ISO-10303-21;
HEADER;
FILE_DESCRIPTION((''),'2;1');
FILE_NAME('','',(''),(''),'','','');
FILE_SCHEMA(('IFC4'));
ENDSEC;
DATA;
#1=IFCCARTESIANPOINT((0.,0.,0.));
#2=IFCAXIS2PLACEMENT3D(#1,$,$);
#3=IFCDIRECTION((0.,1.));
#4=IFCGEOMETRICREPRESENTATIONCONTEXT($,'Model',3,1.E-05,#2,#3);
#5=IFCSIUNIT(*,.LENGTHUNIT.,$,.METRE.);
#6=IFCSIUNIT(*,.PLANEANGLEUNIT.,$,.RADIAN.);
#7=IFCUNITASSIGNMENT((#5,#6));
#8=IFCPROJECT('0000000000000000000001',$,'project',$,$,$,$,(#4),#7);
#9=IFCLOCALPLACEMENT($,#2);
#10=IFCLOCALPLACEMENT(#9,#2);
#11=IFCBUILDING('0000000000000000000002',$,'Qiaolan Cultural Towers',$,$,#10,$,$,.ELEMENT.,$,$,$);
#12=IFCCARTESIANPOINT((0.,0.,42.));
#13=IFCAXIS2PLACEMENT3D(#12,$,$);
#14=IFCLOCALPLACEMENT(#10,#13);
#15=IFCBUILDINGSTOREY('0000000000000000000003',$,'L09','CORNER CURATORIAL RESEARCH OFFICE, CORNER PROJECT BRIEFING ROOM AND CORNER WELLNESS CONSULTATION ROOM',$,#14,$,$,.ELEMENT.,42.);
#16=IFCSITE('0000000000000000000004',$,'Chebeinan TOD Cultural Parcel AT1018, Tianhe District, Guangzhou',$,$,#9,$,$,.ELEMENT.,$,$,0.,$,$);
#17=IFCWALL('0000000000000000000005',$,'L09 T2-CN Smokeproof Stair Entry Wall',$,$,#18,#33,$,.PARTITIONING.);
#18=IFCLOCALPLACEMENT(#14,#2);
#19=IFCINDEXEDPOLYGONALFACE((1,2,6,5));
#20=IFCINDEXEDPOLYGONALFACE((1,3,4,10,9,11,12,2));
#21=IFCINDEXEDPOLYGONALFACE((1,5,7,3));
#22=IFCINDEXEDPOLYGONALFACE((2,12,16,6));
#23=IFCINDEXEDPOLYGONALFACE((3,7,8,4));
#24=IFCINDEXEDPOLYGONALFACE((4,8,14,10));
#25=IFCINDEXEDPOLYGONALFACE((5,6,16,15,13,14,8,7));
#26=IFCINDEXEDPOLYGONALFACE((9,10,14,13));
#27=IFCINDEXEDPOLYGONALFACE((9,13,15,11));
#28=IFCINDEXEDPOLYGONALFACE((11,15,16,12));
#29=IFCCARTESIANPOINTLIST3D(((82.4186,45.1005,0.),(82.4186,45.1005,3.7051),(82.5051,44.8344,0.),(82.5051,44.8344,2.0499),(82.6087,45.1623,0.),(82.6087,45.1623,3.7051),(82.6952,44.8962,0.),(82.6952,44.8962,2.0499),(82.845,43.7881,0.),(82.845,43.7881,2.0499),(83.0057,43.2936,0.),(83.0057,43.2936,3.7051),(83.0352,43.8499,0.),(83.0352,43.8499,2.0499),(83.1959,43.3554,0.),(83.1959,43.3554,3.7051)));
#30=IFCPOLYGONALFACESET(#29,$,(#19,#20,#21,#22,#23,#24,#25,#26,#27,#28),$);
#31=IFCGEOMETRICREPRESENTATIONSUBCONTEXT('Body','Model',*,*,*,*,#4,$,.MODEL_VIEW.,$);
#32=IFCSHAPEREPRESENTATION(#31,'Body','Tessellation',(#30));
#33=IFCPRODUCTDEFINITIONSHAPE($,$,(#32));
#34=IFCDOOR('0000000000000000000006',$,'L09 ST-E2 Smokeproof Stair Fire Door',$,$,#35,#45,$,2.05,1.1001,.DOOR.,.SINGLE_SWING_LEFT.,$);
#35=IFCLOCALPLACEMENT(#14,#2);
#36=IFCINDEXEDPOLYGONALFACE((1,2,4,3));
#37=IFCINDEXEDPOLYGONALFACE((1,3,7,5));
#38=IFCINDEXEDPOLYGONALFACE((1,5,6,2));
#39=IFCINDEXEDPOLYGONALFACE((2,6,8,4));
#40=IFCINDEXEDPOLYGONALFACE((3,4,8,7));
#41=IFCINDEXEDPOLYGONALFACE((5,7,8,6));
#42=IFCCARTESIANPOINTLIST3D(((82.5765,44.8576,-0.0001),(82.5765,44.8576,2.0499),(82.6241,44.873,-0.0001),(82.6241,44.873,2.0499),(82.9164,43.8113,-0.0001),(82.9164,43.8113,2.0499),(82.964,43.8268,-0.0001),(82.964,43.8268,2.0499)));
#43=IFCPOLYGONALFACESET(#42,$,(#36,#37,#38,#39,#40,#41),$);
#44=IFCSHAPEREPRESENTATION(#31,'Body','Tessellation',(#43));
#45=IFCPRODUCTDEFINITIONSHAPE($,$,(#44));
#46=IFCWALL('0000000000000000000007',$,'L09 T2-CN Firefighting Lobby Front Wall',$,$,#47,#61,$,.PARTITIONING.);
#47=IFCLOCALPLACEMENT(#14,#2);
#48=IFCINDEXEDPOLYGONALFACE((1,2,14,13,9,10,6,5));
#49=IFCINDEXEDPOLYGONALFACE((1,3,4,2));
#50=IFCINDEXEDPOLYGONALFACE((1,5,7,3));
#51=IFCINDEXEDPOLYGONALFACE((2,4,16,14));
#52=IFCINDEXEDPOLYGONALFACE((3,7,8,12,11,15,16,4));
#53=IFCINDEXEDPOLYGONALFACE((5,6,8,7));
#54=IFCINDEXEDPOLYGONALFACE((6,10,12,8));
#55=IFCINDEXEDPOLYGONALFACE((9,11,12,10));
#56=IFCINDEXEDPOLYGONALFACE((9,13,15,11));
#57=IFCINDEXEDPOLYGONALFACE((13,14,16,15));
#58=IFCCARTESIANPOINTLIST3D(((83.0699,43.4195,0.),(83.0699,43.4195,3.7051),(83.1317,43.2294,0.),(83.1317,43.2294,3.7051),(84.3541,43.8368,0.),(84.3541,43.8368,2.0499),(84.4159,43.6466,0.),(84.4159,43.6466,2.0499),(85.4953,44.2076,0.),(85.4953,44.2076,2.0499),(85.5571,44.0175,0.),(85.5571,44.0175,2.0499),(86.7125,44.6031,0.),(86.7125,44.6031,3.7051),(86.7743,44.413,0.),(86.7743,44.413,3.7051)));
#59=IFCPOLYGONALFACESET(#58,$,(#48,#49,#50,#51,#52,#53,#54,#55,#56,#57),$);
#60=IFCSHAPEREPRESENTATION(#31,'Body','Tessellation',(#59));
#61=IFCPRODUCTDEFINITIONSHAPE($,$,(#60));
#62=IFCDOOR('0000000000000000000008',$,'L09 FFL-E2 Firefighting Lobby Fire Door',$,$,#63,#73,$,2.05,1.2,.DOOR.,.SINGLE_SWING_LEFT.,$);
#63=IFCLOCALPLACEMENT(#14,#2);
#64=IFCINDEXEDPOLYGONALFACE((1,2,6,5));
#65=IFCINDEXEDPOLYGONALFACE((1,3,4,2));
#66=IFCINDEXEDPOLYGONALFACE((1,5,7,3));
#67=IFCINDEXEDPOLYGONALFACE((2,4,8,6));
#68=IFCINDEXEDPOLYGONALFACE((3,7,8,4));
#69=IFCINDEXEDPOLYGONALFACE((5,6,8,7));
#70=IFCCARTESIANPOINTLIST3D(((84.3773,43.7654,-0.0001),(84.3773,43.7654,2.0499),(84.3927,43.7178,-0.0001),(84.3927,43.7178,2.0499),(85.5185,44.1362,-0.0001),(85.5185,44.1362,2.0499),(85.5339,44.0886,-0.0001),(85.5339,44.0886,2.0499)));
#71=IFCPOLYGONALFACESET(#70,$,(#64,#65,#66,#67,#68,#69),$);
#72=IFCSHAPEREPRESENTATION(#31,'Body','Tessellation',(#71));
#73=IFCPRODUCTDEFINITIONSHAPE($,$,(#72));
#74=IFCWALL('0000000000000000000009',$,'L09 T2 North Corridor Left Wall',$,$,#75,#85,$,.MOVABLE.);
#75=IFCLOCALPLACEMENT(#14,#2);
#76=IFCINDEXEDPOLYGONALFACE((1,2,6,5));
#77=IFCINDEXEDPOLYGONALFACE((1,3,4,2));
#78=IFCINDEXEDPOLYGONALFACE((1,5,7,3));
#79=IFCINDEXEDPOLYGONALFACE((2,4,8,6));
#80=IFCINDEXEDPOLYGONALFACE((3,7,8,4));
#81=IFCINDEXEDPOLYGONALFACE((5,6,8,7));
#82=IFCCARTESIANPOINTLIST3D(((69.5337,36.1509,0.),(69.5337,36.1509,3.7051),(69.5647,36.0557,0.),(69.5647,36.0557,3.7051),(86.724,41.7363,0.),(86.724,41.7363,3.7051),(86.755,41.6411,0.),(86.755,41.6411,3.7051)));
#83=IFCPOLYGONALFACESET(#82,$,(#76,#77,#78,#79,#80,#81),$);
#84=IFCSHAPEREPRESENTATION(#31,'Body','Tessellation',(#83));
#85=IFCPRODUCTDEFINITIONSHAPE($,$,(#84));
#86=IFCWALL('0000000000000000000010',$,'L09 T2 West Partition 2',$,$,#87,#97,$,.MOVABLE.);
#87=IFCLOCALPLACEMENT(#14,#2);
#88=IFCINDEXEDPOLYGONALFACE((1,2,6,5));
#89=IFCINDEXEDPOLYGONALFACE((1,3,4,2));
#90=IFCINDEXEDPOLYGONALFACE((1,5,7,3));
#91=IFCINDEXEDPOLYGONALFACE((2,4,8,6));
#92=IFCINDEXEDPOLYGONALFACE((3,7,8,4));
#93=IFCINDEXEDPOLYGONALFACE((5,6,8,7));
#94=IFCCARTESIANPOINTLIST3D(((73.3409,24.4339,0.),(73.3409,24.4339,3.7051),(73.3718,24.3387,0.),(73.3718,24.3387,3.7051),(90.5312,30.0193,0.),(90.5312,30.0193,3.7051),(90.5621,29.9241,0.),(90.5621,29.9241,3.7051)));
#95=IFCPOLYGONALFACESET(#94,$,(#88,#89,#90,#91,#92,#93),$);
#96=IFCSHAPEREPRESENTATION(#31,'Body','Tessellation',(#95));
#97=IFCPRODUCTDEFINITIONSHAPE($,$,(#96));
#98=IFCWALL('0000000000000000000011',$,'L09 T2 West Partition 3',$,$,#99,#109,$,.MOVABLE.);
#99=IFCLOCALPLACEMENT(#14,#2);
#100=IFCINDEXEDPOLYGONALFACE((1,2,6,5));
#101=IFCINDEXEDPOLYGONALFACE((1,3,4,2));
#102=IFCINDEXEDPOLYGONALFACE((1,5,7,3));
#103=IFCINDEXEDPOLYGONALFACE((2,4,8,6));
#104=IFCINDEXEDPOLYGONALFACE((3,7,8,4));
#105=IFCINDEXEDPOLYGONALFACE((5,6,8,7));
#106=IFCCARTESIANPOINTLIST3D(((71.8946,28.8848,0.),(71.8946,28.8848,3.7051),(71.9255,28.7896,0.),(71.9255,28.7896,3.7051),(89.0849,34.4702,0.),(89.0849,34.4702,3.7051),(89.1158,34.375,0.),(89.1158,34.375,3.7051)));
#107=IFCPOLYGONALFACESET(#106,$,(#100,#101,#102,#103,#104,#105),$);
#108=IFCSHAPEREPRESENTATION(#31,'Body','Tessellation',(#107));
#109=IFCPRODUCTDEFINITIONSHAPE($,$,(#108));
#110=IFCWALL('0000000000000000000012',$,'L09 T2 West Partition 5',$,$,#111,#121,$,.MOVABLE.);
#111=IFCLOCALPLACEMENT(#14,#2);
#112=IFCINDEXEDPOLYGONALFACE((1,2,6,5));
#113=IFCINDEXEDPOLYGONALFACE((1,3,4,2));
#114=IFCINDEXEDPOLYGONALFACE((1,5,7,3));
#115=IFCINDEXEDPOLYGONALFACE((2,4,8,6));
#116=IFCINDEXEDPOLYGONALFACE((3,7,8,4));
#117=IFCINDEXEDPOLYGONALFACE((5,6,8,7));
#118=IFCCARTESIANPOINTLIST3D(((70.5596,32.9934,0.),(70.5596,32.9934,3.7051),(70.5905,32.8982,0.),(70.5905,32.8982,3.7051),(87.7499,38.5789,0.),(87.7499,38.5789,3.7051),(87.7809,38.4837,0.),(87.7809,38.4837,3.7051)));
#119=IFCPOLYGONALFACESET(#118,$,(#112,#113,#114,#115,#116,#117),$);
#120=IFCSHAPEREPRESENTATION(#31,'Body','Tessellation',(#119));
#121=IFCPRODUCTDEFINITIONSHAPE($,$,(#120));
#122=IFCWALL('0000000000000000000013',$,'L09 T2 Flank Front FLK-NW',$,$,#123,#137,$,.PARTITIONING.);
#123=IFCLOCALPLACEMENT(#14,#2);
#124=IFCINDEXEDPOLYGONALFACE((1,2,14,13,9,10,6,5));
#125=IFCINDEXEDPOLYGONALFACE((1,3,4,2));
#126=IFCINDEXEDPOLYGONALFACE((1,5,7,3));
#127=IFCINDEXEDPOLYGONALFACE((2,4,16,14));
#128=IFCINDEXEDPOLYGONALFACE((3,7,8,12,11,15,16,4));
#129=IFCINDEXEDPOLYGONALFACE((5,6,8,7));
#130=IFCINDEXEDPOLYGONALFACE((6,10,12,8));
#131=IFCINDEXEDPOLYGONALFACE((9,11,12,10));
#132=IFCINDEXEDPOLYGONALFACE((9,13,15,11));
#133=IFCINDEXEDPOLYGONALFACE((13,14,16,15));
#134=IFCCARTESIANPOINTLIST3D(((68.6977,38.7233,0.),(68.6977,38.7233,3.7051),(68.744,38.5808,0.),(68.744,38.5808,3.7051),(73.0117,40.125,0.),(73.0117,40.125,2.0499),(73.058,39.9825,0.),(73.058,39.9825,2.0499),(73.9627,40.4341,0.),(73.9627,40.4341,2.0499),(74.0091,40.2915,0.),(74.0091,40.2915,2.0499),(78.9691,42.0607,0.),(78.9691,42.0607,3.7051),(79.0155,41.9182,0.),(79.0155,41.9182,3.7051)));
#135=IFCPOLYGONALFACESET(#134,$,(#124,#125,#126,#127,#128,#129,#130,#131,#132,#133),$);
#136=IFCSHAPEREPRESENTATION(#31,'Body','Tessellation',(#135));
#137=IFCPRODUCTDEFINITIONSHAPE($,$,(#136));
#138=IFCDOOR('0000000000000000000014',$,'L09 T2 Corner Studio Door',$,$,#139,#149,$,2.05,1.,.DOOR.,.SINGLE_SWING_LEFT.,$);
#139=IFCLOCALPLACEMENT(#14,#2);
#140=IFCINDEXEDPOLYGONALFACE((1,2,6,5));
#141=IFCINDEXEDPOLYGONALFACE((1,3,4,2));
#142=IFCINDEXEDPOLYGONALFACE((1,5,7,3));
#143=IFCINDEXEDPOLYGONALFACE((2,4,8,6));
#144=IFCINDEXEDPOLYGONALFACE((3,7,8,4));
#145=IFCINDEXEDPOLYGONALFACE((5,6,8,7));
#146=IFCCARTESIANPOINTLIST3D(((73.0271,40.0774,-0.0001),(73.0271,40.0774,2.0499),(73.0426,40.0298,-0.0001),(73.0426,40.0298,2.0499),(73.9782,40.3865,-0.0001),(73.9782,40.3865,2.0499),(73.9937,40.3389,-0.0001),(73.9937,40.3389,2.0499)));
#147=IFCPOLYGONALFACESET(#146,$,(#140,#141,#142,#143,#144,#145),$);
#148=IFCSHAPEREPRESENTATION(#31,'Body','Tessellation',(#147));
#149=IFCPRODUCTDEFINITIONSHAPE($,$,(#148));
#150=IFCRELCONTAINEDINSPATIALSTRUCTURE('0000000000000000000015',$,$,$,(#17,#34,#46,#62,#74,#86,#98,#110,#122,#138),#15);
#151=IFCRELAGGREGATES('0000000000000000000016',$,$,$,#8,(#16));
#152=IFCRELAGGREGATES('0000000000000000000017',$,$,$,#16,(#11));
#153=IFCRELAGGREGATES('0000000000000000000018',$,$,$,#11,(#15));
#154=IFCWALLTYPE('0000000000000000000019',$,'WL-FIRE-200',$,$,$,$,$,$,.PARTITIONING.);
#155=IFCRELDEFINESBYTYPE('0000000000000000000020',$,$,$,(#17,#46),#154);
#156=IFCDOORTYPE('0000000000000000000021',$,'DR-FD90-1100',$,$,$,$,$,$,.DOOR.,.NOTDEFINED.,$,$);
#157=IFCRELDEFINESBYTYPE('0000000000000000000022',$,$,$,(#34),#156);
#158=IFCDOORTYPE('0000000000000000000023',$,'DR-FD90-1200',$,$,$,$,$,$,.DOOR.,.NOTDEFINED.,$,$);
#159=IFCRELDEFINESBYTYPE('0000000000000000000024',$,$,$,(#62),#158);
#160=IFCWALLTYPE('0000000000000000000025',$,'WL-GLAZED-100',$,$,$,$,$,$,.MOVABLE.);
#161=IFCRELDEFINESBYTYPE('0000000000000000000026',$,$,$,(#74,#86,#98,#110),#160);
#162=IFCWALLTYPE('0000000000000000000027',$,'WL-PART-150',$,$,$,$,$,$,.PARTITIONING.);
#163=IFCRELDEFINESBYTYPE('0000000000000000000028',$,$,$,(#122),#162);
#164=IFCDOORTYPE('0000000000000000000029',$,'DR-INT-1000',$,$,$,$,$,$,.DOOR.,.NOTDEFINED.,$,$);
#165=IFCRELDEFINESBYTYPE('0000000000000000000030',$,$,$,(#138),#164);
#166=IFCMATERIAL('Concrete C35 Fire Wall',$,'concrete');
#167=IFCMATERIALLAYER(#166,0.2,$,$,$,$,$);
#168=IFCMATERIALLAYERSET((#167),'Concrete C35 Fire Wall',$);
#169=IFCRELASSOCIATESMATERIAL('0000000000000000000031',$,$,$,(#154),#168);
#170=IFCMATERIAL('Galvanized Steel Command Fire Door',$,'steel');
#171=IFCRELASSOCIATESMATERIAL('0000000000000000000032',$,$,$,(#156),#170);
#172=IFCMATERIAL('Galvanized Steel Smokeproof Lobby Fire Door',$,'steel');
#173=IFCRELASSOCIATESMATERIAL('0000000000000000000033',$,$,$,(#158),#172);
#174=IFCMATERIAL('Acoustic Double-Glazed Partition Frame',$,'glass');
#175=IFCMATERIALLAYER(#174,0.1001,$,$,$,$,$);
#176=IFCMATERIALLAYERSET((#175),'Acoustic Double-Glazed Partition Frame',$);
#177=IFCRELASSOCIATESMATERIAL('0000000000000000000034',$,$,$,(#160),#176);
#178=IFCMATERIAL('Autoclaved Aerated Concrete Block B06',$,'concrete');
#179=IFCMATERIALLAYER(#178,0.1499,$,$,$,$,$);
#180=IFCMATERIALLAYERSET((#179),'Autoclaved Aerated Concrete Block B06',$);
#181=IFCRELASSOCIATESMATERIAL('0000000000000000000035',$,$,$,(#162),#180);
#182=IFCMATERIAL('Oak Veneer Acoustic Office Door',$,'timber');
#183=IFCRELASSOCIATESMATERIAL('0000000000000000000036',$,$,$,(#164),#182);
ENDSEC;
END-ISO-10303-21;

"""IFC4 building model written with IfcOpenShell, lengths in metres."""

from ifc_helpers import new_model, si_unit, direction, frame, frame_2d, origin, place, context, subcontext, project, spatial, rectangle, extrude, material, layer, layer_set, type_object, element, fill, save


model = new_model("IFC4")

# Units and contexts
model_context = context("Model", 3, precision=1e-05, world=origin(), true_north=direction((0.0, 1.0)))
body_context = subcontext(model_context, "Body", "Model", "MODEL_VIEW")
ifc_project = project(units=[si_unit("LENGTHUNIT", "METRE"), si_unit("PLANEANGLEUNIT", "RADIAN")], contexts=[model_context])

# Site, building, storey
site_placement = place(None, origin())
site = spatial("IfcSite", under=ifc_project, at=site_placement, Name="Chebeinan TOD Cultural Parcel AT1018, Tianhe District, Guangzhou", CompositionType="ELEMENT", RefElevation=0.0)
building_placement = place(site_placement, origin())
building = spatial("IfcBuilding", under=site, at=building_placement, Name="Qiaolan Cultural Towers", CompositionType="ELEMENT")
storey_placement = place(building_placement, frame((0.0, 0.0, 42.0)))
storey = spatial("IfcBuildingStorey", under=building, at=storey_placement, Name="L09", Description="CORNER CURATORIAL RESEARCH OFFICE, CORNER PROJECT BRIEFING ROOM AND CORNER WELLNESS CONSULTATION ROOM", CompositionType="ELEMENT", Elevation=42.0)

# Walls, openings, doors
ifc_material_1 = material(Name="Concrete C35 Fire Wall", Category="concrete")
ifc_layer_1 = layer(ifc_material_1, 0.2)
ifc_layer_set_1 = layer_set([ifc_layer_1], Name="Concrete C35 Fire Wall")
wall_type_1 = type_object("IfcWallType", Name="WL-FIRE-200", PredefinedType="PARTITIONING", material=ifc_layer_set_1)
wall_1_placement = place(storey_placement, frame((83.1008, 43.3245, 0.0), z_axis=(0.0, 0.0, 1.0), x_axis=(-0.309048, 0.951046, 0.0)))
wall_1 = element("IfcWall", 1, at=wall_1_placement, inside=storey, type_object=wall_type_1, Name="L09 T2-CN Smokeproof Stair Entry Wall", PredefinedType="PARTITIONING", context=body_context, shape_type="SweptSolid", body=[
    extrude(rectangle(XDim=1.8999, YDim=0.2, at=frame_2d((0.95, 0.0))), origin(), (0.0, 0.0, 1.0), 3.7051),
])
opening_1_placement = place(wall_1_placement, frame((0.52, 0.0, 0.0)))
opening_1 = element("IfcOpeningElement", 2, at=opening_1_placement, cuts=wall_1, PredefinedType="OPENING", context=body_context, shape_type="SweptSolid", body=[
    extrude(rectangle(XDim=1.1001, YDim=2.05, at=frame_2d((0.55, 1.0249))), frame((0.0, 0.1099, 0.0), z_axis=(0.0, -1.0, 0.0), x_axis=(1.0, 0.0, 0.0)), (0.0, 0.0, 1.0), 0.22),
])
ifc_material_2 = material(Name="Galvanized Steel Command Fire Door", Category="steel")
door_type_1 = type_object("IfcDoorType", Name="DR-FD90-1100", OperationType="NOTDEFINED", PredefinedType="DOOR", material=ifc_material_2)
door_1_placement = place(opening_1_placement, origin())
door_1 = element("IfcDoor", 3, at=door_1_placement, inside=storey, type_object=door_type_1, Name="L09 ST-E2 Smokeproof Stair Fire Door", OperationType="SINGLE_SWING_LEFT", OverallHeight=2.05, OverallWidth=1.1001, PredefinedType="DOOR", context=body_context, shape_type="SweptSolid", body=[
    extrude(rectangle(XDim=1.1001, YDim=2.05, at=frame_2d((0.55, 1.0249))), frame((0.0, 0.0249, 0.0), z_axis=(0.0, -1.0, 0.0), x_axis=(1.0, 0.0, 0.0)), (0.0, 0.0, 1.0), 0.05),
])
fill(opening_1, door_1)
wall_2_placement = place(storey_placement, frame((83.1008, 43.3245, 0.0), z_axis=(0.0, 0.0, 1.0), x_axis=(0.951053, 0.309028, 0.0)))
wall_2 = element("IfcWall", 4, at=wall_2_placement, inside=storey, type_object=wall_type_1, Name="L09 T2-CN Firefighting Lobby Front Wall", PredefinedType="PARTITIONING", context=body_context, shape_type="SweptSolid", body=[
    extrude(rectangle(XDim=3.8301, YDim=0.2, at=frame_2d((1.915, 0.0))), origin(), (0.0, 0.0, 1.0), 3.7051),
])
opening_2_placement = place(wall_2_placement, frame((1.3501, 0.0, 0.0)))
opening_2 = element("IfcOpeningElement", 5, at=opening_2_placement, cuts=wall_2, PredefinedType="OPENING", context=body_context, shape_type="SweptSolid", body=[
    extrude(rectangle(XDim=1.2, YDim=2.05, at=frame_2d((0.6001, 1.0249))), frame((0.0, 0.1099, 0.0), z_axis=(0.0, -1.0, 0.0), x_axis=(1.0, 0.0, 0.0)), (0.0, 0.0, 1.0), 0.22),
])
ifc_material_3 = material(Name="Galvanized Steel Smokeproof Lobby Fire Door", Category="steel")
door_type_2 = type_object("IfcDoorType", Name="DR-FD90-1200", OperationType="NOTDEFINED", PredefinedType="DOOR", material=ifc_material_3)
door_2_placement = place(opening_2_placement, origin())
door_2 = element("IfcDoor", 6, at=door_2_placement, inside=storey, type_object=door_type_2, Name="L09 FFL-E2 Firefighting Lobby Fire Door", OperationType="SINGLE_SWING_LEFT", OverallHeight=2.05, OverallWidth=1.2, PredefinedType="DOOR", context=body_context, shape_type="SweptSolid", body=[
    extrude(rectangle(XDim=1.2, YDim=2.05, at=frame_2d((0.6001, 1.0249))), frame((0.0, 0.0249, 0.0), z_axis=(0.0, -1.0, 0.0), x_axis=(1.0, 0.0, 0.0)), (0.0, 0.0, 1.0), 0.05),
])
fill(opening_2, door_2)

# Walls
ifc_material_4 = material(Name="Acoustic Double-Glazed Partition Frame", Category="glass")
ifc_layer_2 = layer(ifc_material_4, 0.1001)
ifc_layer_set_2 = layer_set([ifc_layer_2], Name="Acoustic Double-Glazed Partition Frame")
wall_type_2 = type_object("IfcWallType", Name="WL-GLAZED-100", PredefinedType="MOVABLE", material=ifc_layer_set_2)
for number, where, z_axis, x_axis, name in (
    (7, (69.5491, 36.1033, 0.0), (0.0, 0.0, 1.0), (0.951057, 0.309014, 0.0), "L09 T2 North Corridor Left Wall"),
    (8, (73.3562, 24.3862, 0.0), (0.0, 0.0, 1.0), (0.951057, 0.309014, 0.0), "L09 T2 West Partition 2"),
    (9, (71.9099, 28.8372, 0.0), (0.0, 0.0, 1.0), (0.951057, 0.309014, 0.0), "L09 T2 West Partition 3"),
    (10, (70.575, 32.9458, 0.0), (0.0, 0.0, 1.0), (0.951057, 0.309014, 0.0), "L09 T2 West Partition 5"),
):
    element("IfcWall", number, at=place(storey_placement, frame(where, z_axis=z_axis, x_axis=x_axis)), inside=storey, type_object=wall_type_2, Name=name, PredefinedType="MOVABLE", context=body_context, shape_type="SweptSolid", body=[
        extrude(rectangle(XDim=18.075, YDim=0.1001, at=frame_2d((9.0376, 0.0))), origin(), (0.0, 0.0, 1.0), 3.7051),
    ])

# Wall, opening, door
ifc_material_5 = material(Name="Autoclaved Aerated Concrete Block B06", Category="concrete")
ifc_layer_3 = layer(ifc_material_5, 0.1499)
ifc_layer_set_3 = layer_set([ifc_layer_3], Name="Autoclaved Aerated Concrete Block B06")
wall_type_3 = type_object("IfcWallType", Name="WL-PART-150", PredefinedType="PARTITIONING", material=ifc_layer_set_3)
wall_3_placement = place(storey_placement, frame((68.7209, 38.6521, 0.0), z_axis=(0.0, 0.0, 1.0), x_axis=(0.951057, 0.309017, 0.0)))
wall_3 = element("IfcWall", 11, at=wall_3_placement, inside=storey, type_object=wall_type_3, Name="L09 T2 Flank Front FLK-NW", PredefinedType="PARTITIONING", context=body_context, shape_type="SweptSolid", body=[
    extrude(rectangle(XDim=10.8, YDim=0.1499, at=frame_2d((5.3999, 0.0))), origin(), (0.0, 0.0, 1.0), 3.7051),
])
opening_3_placement = place(wall_3_placement, frame((4.5359, 0.0, 0.0)))
opening_3 = element("IfcOpeningElement", 12, at=opening_3_placement, cuts=wall_3, PredefinedType="OPENING", context=body_context, shape_type="SweptSolid", body=[
    extrude(rectangle(XDim=1.0, YDim=2.05, at=frame_2d((0.5, 1.0249))), frame((0.0, 0.085, 0.0), z_axis=(0.0, -1.0, 0.0), x_axis=(1.0, 0.0, 0.0)), (0.0, 0.0, 1.0), 0.1699),
])
ifc_material_6 = material(Name="Oak Veneer Acoustic Office Door", Category="timber")
door_type_3 = type_object("IfcDoorType", Name="DR-INT-1000", OperationType="NOTDEFINED", PredefinedType="DOOR", material=ifc_material_6)
door_3_placement = place(opening_3_placement, origin())
door_3 = element("IfcDoor", 13, at=door_3_placement, inside=storey, type_object=door_type_3, Name="L09 T2 Corner Studio Door", OperationType="SINGLE_SWING_LEFT", OverallHeight=2.05, OverallWidth=1.0, PredefinedType="DOOR", context=body_context, shape_type="SweptSolid", body=[
    extrude(rectangle(XDim=1.0, YDim=2.05, at=frame_2d((0.5, 1.0249))), frame((0.0, 0.0249, 0.0), z_axis=(0.0, -1.0, 0.0), x_axis=(1.0, 0.0, 0.0)), (0.0, 0.0, 1.0), 0.05),
])
fill(opening_3, door_3)

save(model, "model.ifc")
